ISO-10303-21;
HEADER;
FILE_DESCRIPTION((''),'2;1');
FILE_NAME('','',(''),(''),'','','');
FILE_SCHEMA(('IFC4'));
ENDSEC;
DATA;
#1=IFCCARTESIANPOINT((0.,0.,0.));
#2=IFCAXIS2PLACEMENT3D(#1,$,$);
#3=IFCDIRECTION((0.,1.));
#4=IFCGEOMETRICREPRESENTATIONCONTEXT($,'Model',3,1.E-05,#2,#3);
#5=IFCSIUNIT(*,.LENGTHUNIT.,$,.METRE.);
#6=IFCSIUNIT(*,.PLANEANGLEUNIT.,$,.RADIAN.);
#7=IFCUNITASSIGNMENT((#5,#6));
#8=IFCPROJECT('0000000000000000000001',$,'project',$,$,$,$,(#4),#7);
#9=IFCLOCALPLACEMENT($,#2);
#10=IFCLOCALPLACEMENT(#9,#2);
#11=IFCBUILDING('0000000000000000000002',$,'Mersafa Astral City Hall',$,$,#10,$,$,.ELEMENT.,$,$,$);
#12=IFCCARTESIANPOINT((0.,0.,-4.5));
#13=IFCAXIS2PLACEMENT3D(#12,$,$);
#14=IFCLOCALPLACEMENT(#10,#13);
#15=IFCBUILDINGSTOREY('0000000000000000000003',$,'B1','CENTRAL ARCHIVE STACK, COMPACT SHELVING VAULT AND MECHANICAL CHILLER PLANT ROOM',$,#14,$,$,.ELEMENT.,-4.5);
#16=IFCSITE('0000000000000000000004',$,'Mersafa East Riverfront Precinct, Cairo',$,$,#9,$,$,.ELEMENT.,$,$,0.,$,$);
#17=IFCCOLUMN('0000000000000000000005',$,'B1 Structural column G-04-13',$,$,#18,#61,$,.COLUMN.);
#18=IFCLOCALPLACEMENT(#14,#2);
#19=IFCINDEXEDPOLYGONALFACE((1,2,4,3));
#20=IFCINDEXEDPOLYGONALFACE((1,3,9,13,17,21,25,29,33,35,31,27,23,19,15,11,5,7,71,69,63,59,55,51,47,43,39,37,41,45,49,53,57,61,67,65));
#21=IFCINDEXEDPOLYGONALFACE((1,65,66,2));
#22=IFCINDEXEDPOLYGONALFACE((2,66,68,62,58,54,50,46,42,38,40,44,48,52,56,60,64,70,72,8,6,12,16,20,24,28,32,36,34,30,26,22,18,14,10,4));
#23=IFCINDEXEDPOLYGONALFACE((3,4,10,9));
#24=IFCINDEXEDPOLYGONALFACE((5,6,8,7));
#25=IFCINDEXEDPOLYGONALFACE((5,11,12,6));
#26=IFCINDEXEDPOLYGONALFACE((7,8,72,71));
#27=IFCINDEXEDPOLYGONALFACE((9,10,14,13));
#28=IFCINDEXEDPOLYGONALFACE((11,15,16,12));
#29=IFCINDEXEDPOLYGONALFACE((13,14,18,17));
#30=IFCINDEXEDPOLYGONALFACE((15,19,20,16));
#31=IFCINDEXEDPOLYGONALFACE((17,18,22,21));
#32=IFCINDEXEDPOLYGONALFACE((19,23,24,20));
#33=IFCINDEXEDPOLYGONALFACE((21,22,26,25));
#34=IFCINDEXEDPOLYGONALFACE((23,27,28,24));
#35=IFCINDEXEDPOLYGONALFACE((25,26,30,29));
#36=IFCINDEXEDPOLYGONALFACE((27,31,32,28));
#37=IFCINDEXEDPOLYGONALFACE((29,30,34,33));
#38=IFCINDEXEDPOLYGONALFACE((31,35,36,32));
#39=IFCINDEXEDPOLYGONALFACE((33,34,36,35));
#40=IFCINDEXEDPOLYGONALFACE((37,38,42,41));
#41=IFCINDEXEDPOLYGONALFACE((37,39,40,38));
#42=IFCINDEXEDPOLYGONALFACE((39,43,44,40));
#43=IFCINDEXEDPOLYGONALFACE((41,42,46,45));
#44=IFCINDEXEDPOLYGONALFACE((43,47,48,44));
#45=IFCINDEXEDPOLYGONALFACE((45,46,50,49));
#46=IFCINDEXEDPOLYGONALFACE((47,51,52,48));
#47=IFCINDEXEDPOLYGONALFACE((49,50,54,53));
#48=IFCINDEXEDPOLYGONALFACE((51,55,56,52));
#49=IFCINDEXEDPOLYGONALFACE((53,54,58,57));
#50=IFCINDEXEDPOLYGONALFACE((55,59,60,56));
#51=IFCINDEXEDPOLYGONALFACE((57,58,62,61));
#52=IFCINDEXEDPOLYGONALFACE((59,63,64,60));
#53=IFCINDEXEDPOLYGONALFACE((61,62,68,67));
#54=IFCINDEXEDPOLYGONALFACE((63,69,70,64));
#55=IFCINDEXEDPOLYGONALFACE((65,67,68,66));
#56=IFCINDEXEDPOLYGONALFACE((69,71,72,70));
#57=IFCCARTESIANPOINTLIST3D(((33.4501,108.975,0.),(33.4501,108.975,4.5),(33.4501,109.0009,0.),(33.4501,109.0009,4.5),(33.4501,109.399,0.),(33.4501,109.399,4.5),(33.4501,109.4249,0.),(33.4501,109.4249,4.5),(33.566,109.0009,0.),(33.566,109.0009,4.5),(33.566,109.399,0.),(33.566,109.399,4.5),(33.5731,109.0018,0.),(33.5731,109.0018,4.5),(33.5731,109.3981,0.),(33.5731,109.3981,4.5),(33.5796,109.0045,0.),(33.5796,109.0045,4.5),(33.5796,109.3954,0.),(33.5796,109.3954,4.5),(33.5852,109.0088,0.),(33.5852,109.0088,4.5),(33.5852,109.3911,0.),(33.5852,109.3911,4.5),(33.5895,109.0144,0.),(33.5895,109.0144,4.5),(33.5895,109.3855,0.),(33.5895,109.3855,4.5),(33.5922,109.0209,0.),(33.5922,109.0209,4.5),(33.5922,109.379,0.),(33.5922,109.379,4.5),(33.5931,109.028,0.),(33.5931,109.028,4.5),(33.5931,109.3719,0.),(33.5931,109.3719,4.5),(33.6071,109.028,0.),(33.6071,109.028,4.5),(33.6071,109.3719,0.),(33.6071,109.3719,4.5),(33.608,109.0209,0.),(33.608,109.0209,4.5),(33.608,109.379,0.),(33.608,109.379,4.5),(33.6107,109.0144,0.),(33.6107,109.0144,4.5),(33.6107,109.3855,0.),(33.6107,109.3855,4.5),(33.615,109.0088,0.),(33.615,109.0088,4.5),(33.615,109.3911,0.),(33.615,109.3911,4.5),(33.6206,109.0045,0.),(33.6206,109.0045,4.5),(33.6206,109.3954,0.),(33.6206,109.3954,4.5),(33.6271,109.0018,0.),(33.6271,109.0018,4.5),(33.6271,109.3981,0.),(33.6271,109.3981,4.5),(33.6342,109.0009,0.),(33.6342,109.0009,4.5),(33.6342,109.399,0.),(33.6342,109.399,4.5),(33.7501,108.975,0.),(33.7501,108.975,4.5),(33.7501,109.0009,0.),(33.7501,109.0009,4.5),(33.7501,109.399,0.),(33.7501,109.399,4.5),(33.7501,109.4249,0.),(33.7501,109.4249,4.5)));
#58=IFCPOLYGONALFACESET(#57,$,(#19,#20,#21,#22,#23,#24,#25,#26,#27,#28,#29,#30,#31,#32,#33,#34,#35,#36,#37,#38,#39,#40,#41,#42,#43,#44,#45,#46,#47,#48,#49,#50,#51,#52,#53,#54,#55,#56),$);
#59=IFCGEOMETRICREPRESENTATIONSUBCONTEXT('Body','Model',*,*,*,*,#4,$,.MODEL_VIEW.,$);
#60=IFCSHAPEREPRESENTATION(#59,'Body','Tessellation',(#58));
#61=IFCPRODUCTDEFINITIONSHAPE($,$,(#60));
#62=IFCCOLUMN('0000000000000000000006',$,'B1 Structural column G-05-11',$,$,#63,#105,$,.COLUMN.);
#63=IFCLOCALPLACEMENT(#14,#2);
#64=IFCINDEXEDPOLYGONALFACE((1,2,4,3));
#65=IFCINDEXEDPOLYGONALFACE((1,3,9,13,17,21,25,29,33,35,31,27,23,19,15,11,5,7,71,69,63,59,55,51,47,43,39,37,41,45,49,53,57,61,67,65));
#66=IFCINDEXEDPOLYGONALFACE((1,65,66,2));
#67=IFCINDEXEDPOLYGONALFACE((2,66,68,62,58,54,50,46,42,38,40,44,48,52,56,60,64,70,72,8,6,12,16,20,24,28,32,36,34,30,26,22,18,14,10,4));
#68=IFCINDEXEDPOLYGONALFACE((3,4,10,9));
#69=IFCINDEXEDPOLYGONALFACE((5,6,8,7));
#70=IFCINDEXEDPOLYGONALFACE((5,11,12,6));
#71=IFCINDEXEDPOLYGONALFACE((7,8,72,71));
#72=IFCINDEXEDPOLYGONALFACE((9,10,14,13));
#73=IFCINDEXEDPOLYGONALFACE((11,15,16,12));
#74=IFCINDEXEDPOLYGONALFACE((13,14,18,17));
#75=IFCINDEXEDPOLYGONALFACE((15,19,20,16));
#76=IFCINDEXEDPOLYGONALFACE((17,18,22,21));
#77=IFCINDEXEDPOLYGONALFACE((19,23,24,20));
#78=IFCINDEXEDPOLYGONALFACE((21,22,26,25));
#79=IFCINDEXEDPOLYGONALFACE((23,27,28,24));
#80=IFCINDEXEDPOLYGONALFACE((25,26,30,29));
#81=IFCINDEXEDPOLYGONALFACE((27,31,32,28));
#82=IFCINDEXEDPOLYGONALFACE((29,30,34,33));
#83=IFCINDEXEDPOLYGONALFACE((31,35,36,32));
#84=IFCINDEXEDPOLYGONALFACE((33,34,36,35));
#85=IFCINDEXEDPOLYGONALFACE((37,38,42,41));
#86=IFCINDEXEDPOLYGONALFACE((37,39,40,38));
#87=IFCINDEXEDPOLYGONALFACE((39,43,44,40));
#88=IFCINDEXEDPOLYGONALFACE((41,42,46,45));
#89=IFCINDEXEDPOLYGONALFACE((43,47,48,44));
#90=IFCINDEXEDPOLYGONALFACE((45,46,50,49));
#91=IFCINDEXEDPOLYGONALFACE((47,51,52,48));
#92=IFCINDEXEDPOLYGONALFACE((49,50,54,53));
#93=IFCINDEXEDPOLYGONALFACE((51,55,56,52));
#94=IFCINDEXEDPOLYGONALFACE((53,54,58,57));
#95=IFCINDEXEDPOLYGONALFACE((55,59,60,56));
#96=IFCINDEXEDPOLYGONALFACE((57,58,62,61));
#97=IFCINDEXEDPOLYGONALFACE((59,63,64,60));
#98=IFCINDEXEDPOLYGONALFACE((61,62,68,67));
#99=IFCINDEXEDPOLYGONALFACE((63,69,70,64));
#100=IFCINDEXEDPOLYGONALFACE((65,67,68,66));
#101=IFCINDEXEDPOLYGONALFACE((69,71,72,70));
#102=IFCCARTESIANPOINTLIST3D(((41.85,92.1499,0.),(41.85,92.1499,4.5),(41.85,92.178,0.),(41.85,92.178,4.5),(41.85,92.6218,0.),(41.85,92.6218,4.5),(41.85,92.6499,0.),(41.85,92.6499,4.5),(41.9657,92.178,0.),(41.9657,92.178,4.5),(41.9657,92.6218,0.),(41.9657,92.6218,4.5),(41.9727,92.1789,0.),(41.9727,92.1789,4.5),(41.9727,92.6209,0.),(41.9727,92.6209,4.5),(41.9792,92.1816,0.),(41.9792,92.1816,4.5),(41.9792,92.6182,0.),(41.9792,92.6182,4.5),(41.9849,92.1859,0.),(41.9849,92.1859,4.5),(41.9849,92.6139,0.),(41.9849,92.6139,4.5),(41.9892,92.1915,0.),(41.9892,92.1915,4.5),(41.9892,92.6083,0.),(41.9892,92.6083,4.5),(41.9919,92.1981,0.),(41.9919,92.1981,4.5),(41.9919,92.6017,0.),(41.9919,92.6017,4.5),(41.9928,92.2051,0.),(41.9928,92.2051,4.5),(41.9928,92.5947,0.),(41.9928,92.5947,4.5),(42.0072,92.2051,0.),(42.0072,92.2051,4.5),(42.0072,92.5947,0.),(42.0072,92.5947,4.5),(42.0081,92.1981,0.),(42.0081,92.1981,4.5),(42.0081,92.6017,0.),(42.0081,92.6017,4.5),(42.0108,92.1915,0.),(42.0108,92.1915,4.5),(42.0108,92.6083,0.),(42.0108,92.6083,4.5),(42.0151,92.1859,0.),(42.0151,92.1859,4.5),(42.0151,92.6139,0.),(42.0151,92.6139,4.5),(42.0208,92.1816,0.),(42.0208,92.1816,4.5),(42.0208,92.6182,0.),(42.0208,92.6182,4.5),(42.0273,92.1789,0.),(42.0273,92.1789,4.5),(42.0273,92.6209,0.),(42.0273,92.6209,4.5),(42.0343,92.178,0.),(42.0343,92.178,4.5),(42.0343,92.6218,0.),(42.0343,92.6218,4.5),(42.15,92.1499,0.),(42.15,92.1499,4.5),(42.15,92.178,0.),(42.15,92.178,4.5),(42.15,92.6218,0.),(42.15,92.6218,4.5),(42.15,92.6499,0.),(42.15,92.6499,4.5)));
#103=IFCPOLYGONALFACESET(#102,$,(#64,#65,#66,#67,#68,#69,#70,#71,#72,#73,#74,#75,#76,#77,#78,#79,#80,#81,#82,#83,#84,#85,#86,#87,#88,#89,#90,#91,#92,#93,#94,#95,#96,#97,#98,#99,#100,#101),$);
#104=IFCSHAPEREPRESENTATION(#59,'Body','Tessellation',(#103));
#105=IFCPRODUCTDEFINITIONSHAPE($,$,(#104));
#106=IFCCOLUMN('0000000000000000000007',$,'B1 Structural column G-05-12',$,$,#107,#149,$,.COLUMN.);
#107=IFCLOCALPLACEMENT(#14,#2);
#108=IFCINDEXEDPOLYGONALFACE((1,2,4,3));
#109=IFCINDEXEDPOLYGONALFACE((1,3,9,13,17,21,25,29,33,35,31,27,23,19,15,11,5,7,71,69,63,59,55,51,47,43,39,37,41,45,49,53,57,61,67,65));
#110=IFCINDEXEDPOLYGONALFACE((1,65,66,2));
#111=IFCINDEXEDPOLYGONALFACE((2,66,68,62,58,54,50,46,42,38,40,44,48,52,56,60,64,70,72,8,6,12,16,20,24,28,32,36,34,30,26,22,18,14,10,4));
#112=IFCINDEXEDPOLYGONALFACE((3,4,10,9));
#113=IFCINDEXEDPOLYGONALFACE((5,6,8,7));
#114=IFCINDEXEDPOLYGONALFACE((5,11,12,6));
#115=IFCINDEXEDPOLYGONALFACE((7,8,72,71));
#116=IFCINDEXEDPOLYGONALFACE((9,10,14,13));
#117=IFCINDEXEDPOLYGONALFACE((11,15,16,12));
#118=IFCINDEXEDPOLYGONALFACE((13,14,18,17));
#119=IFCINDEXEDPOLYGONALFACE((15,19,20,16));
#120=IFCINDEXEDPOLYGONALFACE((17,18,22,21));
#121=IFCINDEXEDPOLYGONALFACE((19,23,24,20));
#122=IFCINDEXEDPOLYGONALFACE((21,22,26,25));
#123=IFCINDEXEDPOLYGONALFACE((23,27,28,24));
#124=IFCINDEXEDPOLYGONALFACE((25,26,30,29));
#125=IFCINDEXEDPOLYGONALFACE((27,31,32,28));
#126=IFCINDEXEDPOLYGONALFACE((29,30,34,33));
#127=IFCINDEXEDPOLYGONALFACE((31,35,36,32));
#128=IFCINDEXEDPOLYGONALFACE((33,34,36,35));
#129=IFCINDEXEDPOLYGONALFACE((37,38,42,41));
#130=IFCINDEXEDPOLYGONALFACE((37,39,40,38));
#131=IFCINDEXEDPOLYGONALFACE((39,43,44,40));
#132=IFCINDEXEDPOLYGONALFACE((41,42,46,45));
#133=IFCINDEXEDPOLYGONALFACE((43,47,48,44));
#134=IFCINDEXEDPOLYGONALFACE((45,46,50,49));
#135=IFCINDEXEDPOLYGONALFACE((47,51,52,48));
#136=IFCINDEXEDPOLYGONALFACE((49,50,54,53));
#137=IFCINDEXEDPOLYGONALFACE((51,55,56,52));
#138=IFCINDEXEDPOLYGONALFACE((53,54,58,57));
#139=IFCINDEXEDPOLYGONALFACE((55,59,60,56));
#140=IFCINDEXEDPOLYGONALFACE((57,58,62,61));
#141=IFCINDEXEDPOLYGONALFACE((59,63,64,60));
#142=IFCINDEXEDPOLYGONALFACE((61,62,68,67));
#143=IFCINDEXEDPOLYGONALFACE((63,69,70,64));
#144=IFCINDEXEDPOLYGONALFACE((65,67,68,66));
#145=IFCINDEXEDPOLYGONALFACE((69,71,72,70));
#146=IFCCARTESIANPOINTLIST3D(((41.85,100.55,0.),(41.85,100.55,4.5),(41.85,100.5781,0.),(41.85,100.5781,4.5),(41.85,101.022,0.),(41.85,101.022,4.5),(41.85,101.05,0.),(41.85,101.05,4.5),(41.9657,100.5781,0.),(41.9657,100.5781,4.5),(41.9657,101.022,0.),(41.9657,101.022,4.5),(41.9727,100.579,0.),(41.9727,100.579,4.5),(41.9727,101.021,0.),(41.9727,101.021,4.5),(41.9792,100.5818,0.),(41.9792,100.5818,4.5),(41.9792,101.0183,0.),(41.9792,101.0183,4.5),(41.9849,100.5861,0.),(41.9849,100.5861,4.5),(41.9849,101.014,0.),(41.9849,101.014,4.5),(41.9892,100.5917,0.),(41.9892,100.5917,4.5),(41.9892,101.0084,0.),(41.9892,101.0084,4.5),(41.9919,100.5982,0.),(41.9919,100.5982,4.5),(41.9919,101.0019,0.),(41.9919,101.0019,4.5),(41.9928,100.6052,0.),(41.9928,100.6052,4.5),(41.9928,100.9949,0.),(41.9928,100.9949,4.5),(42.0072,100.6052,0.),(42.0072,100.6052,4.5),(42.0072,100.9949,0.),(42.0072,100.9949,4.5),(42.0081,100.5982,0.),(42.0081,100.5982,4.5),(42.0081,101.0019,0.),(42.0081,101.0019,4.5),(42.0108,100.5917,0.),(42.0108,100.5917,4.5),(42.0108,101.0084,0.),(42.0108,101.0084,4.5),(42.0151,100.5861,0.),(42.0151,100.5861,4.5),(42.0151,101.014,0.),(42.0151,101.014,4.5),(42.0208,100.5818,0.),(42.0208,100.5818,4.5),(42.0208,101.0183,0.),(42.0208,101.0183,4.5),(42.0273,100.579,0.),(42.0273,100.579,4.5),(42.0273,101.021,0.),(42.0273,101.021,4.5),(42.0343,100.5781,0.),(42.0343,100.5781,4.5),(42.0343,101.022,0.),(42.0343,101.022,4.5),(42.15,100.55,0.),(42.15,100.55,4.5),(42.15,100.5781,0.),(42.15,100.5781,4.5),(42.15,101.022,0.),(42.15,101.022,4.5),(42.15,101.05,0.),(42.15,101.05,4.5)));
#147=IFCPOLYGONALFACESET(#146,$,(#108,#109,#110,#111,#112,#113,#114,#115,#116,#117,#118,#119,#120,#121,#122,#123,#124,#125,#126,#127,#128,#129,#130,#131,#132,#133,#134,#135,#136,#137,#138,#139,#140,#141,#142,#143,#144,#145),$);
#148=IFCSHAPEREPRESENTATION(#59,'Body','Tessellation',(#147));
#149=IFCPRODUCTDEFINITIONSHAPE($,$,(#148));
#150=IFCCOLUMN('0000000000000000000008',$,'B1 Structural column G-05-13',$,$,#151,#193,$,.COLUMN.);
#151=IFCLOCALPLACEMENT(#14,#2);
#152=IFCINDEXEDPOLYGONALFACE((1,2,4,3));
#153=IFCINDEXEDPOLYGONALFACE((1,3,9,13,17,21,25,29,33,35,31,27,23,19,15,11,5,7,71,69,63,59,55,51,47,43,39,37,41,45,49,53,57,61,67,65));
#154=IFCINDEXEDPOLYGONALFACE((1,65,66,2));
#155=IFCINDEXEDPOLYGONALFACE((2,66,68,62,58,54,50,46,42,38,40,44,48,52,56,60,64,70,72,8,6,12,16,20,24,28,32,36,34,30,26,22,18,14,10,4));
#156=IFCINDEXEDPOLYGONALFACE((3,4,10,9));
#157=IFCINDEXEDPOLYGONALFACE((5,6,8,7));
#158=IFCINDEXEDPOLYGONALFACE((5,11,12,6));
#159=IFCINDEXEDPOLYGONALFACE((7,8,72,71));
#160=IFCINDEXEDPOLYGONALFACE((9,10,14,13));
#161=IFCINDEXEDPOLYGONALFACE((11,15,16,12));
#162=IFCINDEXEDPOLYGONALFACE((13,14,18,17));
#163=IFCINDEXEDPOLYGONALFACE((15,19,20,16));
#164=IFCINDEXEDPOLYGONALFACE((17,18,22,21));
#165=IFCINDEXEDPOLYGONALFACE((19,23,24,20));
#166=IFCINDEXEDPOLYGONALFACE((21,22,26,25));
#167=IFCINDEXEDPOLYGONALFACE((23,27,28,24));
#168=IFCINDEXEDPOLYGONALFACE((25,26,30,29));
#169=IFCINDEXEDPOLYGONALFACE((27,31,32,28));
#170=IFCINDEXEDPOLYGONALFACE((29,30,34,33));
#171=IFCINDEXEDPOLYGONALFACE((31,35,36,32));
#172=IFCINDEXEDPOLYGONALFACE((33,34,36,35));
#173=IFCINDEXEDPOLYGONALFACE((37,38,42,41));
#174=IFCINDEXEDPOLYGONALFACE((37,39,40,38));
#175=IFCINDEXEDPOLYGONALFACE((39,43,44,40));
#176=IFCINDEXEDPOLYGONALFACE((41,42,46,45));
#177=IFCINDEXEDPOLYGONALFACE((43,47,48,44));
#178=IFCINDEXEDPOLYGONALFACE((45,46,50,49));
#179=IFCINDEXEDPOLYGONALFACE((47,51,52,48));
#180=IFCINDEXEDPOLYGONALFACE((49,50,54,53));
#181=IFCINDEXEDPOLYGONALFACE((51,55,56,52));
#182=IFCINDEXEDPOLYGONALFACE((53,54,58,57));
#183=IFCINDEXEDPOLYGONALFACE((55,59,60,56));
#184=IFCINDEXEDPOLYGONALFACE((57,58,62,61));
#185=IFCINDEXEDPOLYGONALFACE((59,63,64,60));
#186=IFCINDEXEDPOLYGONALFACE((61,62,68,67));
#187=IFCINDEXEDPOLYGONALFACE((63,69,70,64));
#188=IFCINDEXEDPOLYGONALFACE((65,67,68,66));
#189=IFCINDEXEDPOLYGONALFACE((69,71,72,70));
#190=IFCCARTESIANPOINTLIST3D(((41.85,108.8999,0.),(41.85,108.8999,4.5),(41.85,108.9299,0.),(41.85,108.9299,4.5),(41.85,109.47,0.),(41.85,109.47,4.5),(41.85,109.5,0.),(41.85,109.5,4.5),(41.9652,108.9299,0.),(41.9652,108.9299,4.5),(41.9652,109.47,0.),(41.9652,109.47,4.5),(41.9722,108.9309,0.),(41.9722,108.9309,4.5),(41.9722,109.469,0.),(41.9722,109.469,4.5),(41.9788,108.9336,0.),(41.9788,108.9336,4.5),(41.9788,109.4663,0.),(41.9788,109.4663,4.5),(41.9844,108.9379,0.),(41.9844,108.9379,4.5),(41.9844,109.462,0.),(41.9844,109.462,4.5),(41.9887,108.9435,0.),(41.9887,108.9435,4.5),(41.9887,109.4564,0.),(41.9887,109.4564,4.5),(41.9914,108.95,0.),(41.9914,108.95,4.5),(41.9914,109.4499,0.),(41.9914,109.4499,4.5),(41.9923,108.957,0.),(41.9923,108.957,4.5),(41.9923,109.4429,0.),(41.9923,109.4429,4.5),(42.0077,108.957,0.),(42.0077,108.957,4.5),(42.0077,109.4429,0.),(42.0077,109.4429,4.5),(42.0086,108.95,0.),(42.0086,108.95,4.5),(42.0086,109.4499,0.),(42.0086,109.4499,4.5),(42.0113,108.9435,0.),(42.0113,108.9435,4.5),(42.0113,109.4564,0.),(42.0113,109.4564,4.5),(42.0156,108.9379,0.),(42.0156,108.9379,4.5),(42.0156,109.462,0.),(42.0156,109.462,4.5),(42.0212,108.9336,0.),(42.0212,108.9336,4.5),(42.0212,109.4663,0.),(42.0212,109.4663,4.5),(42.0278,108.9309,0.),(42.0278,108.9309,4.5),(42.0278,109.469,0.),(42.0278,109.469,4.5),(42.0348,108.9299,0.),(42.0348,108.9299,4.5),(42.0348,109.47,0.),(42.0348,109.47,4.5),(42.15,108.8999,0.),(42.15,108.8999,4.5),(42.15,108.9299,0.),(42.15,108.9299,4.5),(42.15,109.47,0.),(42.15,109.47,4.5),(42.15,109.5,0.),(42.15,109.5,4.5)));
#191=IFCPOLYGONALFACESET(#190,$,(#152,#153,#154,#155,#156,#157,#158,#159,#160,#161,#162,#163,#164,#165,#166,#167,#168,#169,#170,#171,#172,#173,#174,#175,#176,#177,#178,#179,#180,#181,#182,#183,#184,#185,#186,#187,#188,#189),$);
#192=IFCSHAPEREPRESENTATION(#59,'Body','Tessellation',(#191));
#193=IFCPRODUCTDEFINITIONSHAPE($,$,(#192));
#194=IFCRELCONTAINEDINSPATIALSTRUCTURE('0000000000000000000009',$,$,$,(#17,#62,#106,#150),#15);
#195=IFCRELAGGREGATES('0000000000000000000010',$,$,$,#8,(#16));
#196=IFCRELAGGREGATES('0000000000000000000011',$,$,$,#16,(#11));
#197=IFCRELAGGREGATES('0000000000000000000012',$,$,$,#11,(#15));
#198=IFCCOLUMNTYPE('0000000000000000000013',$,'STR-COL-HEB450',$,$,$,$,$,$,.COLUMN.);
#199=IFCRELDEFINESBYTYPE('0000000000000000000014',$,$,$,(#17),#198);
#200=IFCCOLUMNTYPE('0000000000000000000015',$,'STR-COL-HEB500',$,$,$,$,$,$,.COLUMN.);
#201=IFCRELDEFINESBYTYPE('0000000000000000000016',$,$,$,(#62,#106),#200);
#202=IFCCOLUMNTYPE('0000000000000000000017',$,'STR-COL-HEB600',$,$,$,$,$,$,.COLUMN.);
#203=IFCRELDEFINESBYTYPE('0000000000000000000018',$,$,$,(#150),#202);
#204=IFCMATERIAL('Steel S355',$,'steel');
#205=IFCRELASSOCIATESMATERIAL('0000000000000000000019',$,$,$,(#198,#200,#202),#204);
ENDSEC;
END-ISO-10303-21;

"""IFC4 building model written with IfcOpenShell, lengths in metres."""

from ifc_helpers import new_model, si_unit, direction, frame, origin, origin_2d, place, context, subcontext, project, spatial, i_section, extrude, material, material_profile, profile_set, type_object, element, save


model = new_model("IFC4")

# Units and contexts
model_context = context("Model", 3, precision=1e-05, world=origin(), true_north=direction((0.0, 1.0)))
body_context = subcontext(model_context, "Body", "Model", "MODEL_VIEW")
ifc_project = project(units=[si_unit("LENGTHUNIT", "METRE"), si_unit("PLANEANGLEUNIT", "RADIAN")], contexts=[model_context])

# Site, building, storey
site_placement = place(None, origin())
site = spatial("IfcSite", under=ifc_project, at=site_placement, Name="Mersafa East Riverfront Precinct, Cairo", CompositionType="ELEMENT", RefElevation=0.0)
building_placement = place(site_placement, origin())
building = spatial("IfcBuilding", under=site, at=building_placement, Name="Mersafa Astral City Hall", CompositionType="ELEMENT")
storey_placement = place(building_placement, frame((0.0, 0.0, -4.5)))
storey = spatial("IfcBuildingStorey", under=building, at=storey_placement, Name="B1", Description="CENTRAL ARCHIVE STACK, COMPACT SHELVING VAULT AND MECHANICAL CHILLER PLANT ROOM", CompositionType="ELEMENT", Elevation=-4.5)

# Columns
ifc_material_1 = material(Name="Steel S355", Category="steel")
ifc_material_profile_1 = material_profile(ifc_material_1, i_section(OverallWidth=0.3, OverallDepth=0.45, WebThickness=0.0139, FlangeThickness=0.0259, FilletRadius=0.0271, at=origin_2d()), Name="HEB 450")
ifc_profile_set_1 = profile_set([ifc_material_profile_1], Name="Steel S355")
column_type_1 = type_object("IfcColumnType", Name="STR-COL-HEB450", PredefinedType="COLUMN", material=ifc_profile_set_1)
column_1_placement = place(storey_placement, frame((33.6001, 109.2, 0.0), z_axis=(0.0, 0.0, 1.0), x_axis=(1.0, 0.0, 0.0)))
element("IfcColumn", 1, at=column_1_placement, inside=storey, type_object=column_type_1, Name="B1 Structural column G-04-13", PredefinedType="COLUMN", context=body_context, shape_type="SweptSolid", body=[
    extrude(i_section(OverallWidth=0.3, OverallDepth=0.45, WebThickness=0.0139, FlangeThickness=0.0259, FilletRadius=0.0271, at=origin_2d()), origin(), (0.0, 0.0, 1.0), 4.5),
])
ifc_material_profile_2 = material_profile(ifc_material_1, i_section(OverallWidth=0.3, OverallDepth=0.5, WebThickness=0.0144, FlangeThickness=0.0281, FilletRadius=0.0271, at=origin_2d()), Name="HEB 500")
ifc_profile_set_2 = profile_set([ifc_material_profile_2], Name="Steel S355")
column_type_2 = type_object("IfcColumnType", Name="STR-COL-HEB500", PredefinedType="COLUMN", material=ifc_profile_set_2)
for number, where, z_axis, x_axis, name in (
    (2, (42.0, 92.3999, 0.0), (0.0, 0.0, 1.0), (1.0, 0.0, 0.0), "B1 Structural column G-05-11"),
    (3, (42.0, 100.8, 0.0), (0.0, 0.0, 1.0), (1.0, 0.0, 0.0), "B1 Structural column G-05-12"),
):
    element("IfcColumn", number, at=place(storey_placement, frame(where, z_axis=z_axis, x_axis=x_axis)), inside=storey, type_object=column_type_2, Name=name, PredefinedType="COLUMN", context=body_context, shape_type="SweptSolid", body=[
        extrude(i_section(OverallWidth=0.3, OverallDepth=0.5, WebThickness=0.0144, FlangeThickness=0.0281, FilletRadius=0.0271, at=origin_2d()), origin(), (0.0, 0.0, 1.0), 4.5),
    ])
ifc_material_profile_3 = material_profile(ifc_material_1, i_section(OverallWidth=0.3, OverallDepth=0.6001, WebThickness=0.0154, FlangeThickness=0.03, FilletRadius=0.0271, at=origin_2d()), Name="HEB 600")
ifc_profile_set_3 = profile_set([ifc_material_profile_3], Name="Steel S355")
column_type_3 = type_object("IfcColumnType", Name="STR-COL-HEB600", PredefinedType="COLUMN", material=ifc_profile_set_3)
column_2_placement = place(storey_placement, frame((42.0, 109.2, 0.0), z_axis=(0.0, 0.0, 1.0), x_axis=(1.0, 0.0, 0.0)))
element("IfcColumn", 4, at=column_2_placement, inside=storey, type_object=column_type_3, Name="B1 Structural column G-05-13", PredefinedType="COLUMN", context=body_context, shape_type="SweptSolid", body=[
    extrude(i_section(OverallWidth=0.3, OverallDepth=0.6001, WebThickness=0.0154, FlangeThickness=0.03, FilletRadius=0.0271, at=origin_2d()), origin(), (0.0, 0.0, 1.0), 4.5),
])

save(model, "model.ifc")
